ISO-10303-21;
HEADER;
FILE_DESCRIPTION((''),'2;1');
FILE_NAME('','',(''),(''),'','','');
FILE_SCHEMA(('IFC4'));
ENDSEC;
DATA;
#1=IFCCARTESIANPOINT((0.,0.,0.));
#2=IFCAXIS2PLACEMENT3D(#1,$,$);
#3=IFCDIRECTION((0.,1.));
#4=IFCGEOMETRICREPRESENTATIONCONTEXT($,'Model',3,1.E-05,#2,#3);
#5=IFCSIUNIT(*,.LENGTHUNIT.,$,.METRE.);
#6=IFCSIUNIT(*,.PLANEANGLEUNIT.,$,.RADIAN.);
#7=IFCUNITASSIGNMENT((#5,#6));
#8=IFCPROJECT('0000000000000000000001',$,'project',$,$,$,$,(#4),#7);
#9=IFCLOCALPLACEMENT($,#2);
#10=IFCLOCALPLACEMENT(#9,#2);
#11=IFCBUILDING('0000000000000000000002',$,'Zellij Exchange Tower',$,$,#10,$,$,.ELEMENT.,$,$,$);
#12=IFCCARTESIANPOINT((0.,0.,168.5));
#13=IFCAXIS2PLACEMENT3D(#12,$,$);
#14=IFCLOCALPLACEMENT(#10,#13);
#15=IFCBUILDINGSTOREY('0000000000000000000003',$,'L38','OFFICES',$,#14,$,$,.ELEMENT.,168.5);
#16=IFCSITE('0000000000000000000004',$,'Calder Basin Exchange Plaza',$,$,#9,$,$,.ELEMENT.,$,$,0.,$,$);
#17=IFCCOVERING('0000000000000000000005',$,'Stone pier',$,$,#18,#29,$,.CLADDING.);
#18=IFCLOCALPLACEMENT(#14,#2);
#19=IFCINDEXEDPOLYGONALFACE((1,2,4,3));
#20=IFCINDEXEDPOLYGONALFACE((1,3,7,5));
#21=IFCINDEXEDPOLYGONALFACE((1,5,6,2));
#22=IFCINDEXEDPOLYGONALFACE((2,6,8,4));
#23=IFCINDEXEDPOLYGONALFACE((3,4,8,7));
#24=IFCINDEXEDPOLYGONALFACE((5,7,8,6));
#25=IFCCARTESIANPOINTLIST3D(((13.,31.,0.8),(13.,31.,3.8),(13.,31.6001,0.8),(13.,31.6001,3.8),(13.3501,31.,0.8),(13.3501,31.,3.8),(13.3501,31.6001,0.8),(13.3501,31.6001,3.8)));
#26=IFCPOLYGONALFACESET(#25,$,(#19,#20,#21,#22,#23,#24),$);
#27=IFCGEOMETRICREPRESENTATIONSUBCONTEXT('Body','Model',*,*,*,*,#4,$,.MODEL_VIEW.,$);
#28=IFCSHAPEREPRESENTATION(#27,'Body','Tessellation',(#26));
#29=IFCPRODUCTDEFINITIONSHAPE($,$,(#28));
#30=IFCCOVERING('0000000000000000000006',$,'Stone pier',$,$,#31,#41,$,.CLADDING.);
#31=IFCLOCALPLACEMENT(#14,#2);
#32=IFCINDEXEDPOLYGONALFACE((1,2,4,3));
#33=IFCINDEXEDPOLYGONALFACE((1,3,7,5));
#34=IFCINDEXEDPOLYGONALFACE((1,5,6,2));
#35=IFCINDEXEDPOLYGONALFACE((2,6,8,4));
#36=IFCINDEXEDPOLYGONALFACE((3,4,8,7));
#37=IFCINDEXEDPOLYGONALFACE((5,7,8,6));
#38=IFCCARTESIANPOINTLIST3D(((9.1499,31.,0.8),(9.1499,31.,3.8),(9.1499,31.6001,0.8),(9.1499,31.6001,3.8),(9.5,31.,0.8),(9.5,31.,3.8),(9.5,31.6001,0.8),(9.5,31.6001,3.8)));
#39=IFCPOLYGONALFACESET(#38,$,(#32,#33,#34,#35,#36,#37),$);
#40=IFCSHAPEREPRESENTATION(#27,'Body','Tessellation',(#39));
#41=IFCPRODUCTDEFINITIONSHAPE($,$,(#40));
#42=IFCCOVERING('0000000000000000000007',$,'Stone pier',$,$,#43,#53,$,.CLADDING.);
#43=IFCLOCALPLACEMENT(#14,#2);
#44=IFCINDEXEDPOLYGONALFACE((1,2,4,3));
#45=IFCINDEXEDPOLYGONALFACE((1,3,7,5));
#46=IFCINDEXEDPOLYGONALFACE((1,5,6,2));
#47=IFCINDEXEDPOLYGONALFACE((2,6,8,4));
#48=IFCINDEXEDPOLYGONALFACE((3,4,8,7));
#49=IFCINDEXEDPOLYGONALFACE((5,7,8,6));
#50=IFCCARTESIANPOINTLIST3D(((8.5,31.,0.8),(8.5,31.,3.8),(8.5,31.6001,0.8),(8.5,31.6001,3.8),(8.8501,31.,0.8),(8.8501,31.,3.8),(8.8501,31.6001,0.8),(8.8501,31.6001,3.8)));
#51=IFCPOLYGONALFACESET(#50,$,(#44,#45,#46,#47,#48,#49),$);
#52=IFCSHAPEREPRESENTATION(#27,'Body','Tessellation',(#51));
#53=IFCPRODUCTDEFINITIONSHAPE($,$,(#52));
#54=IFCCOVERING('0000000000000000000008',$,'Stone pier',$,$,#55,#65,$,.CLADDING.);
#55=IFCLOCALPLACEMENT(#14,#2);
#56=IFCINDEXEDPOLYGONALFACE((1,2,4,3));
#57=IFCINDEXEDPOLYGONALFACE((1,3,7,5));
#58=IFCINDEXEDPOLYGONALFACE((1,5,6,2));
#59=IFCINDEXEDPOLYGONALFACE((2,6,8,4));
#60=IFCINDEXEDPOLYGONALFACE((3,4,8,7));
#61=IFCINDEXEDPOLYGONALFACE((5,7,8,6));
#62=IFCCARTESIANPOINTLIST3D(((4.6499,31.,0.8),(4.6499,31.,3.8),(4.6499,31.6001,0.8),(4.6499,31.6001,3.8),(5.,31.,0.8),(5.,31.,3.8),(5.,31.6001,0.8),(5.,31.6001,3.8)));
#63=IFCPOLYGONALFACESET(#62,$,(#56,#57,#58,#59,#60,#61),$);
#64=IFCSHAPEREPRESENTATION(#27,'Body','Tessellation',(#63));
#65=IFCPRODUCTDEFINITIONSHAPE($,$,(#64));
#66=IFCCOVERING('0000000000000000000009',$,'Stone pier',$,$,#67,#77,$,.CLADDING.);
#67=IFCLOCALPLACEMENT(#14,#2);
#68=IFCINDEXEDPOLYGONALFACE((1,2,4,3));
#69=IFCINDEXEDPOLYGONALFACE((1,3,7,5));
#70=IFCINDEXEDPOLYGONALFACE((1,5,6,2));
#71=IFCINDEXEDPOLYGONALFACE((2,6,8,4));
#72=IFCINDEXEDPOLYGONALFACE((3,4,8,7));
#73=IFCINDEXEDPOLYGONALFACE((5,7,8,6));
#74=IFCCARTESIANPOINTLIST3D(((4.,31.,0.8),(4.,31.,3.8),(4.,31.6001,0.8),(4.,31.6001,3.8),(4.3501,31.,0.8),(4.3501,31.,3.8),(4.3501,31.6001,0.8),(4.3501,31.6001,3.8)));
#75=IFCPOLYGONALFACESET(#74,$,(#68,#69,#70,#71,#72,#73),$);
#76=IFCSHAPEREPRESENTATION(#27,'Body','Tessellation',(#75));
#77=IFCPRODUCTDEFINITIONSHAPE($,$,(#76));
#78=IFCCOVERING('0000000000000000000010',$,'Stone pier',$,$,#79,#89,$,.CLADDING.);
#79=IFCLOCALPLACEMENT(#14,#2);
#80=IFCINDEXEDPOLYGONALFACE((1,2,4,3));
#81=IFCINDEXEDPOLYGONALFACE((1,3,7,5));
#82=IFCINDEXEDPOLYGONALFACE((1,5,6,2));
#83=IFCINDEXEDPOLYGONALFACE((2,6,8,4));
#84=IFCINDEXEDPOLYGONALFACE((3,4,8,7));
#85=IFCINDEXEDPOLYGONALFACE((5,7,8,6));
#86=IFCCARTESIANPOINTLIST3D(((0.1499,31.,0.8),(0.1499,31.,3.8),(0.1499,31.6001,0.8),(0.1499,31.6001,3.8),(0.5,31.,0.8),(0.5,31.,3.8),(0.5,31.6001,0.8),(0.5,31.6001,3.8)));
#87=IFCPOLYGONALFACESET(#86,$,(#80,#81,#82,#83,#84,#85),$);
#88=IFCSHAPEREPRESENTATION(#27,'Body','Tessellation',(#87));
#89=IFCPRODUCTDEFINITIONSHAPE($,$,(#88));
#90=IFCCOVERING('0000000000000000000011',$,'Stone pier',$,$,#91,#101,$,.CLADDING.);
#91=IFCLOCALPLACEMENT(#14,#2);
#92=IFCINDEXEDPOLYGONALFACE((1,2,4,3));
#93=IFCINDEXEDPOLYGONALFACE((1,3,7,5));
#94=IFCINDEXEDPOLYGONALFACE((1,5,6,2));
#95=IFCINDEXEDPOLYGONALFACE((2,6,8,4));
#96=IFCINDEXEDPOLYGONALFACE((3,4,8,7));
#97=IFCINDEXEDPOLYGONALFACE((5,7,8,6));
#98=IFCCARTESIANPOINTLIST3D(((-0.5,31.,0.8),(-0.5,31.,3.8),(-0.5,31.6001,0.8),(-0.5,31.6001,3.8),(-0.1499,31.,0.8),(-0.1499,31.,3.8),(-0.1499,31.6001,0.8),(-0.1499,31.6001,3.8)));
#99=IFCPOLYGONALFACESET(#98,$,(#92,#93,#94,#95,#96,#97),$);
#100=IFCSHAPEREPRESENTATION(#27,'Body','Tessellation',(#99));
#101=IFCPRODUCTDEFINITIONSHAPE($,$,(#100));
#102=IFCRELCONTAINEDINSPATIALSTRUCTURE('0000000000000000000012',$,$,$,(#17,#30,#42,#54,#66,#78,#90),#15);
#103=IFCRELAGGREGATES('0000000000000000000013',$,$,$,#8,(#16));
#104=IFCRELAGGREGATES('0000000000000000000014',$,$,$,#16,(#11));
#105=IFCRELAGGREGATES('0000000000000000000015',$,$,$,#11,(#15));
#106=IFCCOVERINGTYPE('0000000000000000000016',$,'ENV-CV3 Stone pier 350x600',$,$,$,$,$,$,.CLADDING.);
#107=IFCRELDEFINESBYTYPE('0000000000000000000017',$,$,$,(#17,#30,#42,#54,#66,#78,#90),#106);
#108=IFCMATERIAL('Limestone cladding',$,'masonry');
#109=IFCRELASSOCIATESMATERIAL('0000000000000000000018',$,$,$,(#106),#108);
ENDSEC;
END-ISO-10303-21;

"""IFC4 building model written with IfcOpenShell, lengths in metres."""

from ifc_helpers import new_model, si_unit, direction, frame, origin, place, context, subcontext, project, spatial, polyline, outline, extrude, material, type_object, element, save


model = new_model("IFC4")

# Units and contexts
model_context = context("Model", 3, precision=1e-05, world=origin(), true_north=direction((0.0, 1.0)))
body_context = subcontext(model_context, "Body", "Model", "MODEL_VIEW")
ifc_project = project(units=[si_unit("LENGTHUNIT", "METRE"), si_unit("PLANEANGLEUNIT", "RADIAN")], contexts=[model_context])

# Site, building, storey
site_placement = place(None, origin())
site = spatial("IfcSite", under=ifc_project, at=site_placement, Name="Calder Basin Exchange Plaza", CompositionType="ELEMENT", RefElevation=0.0)
building_placement = place(site_placement, origin())
building = spatial("IfcBuilding", under=site, at=building_placement, Name="Zellij Exchange Tower", CompositionType="ELEMENT")
storey_placement = place(building_placement, frame((0.0, 0.0, 168.5)))
storey = spatial("IfcBuildingStorey", under=building, at=storey_placement, Name="L38", Description="OFFICES", CompositionType="ELEMENT", Elevation=168.5)

# Coverings
ifc_material = material(Name="Limestone cladding", Category="masonry")
covering_type = type_object("IfcCoveringType", Name="ENV-CV3 Stone pier 350x600", PredefinedType="CLADDING", material=ifc_material)
covering_1_placement = place(storey_placement, frame((0.0, 0.0, 0.8)))
element("IfcCovering", 1, at=covering_1_placement, inside=storey, type_object=covering_type, Name="Stone pier", PredefinedType="CLADDING", context=body_context, shape_type="SweptSolid", body=[
    extrude(outline(polyline([(13.3501, 31.0), (13.0, 31.0), (13.0, 31.6001), (13.3501, 31.6001), (13.3501, 31.0)])), origin(), (0.0, 0.0, 1.0), 3.0),
])
covering_2_placement = place(storey_placement, frame((0.0, 0.0, 0.8)))
element("IfcCovering", 2, at=covering_2_placement, inside=storey, type_object=covering_type, Name="Stone pier", PredefinedType="CLADDING", context=body_context, shape_type="SweptSolid", body=[
    extrude(outline(polyline([(9.5, 31.0), (9.1499, 31.0), (9.1499, 31.6001), (9.5, 31.6001), (9.5, 31.0)])), origin(), (0.0, 0.0, 1.0), 3.0),
])
covering_3_placement = place(storey_placement, frame((0.0, 0.0, 0.8)))
element("IfcCovering", 3, at=covering_3_placement, inside=storey, type_object=covering_type, Name="Stone pier", PredefinedType="CLADDING", context=body_context, shape_type="SweptSolid", body=[
    extrude(outline(polyline([(8.8501, 31.0), (8.5, 31.0), (8.5, 31.6001), (8.8501, 31.6001), (8.8501, 31.0)])), origin(), (0.0, 0.0, 1.0), 3.0),
])
covering_4_placement = place(storey_placement, frame((0.0, 0.0, 0.8)))
element("IfcCovering", 4, at=covering_4_placement, inside=storey, type_object=covering_type, Name="Stone pier", PredefinedType="CLADDING", context=body_context, shape_type="SweptSolid", body=[
    extrude(outline(polyline([(5.0, 31.0), (4.6499, 31.0), (4.6499, 31.6001), (5.0, 31.6001), (5.0, 31.0)])), origin(), (0.0, 0.0, 1.0), 3.0),
])
covering_5_placement = place(storey_placement, frame((0.0, 0.0, 0.8)))
element("IfcCovering", 5, at=covering_5_placement, inside=storey, type_object=covering_type, Name="Stone pier", PredefinedType="CLADDING", context=body_context, shape_type="SweptSolid", body=[
    extrude(outline(polyline([(4.3501, 31.0), (4.0, 31.0), (4.0, 31.6001), (4.3501, 31.6001), (4.3501, 31.0)])), origin(), (0.0, 0.0, 1.0), 3.0),
])
covering_6_placement = place(storey_placement, frame((0.0, 0.0, 0.8)))
element("IfcCovering", 6, at=covering_6_placement, inside=storey, type_object=covering_type, Name="Stone pier", PredefinedType="CLADDING", context=body_context, shape_type="SweptSolid", body=[
    extrude(outline(polyline([(0.5, 31.0), (0.1499, 31.0), (0.1499, 31.6001), (0.5, 31.6001), (0.5, 31.0)])), origin(), (0.0, 0.0, 1.0), 3.0),
])
covering_7_placement = place(storey_placement, frame((0.0, 0.0, 0.8)))
element("IfcCovering", 7, at=covering_7_placement, inside=storey, type_object=covering_type, Name="Stone pier", PredefinedType="CLADDING", context=body_context, shape_type="SweptSolid", body=[
    extrude(outline(polyline([(-0.1499, 31.0), (-0.5, 31.0), (-0.5, 31.6001), (-0.1499, 31.6001), (-0.1499, 31.0)])), origin(), (0.0, 0.0, 1.0), 3.0),
])

save(model, "model.ifc")
